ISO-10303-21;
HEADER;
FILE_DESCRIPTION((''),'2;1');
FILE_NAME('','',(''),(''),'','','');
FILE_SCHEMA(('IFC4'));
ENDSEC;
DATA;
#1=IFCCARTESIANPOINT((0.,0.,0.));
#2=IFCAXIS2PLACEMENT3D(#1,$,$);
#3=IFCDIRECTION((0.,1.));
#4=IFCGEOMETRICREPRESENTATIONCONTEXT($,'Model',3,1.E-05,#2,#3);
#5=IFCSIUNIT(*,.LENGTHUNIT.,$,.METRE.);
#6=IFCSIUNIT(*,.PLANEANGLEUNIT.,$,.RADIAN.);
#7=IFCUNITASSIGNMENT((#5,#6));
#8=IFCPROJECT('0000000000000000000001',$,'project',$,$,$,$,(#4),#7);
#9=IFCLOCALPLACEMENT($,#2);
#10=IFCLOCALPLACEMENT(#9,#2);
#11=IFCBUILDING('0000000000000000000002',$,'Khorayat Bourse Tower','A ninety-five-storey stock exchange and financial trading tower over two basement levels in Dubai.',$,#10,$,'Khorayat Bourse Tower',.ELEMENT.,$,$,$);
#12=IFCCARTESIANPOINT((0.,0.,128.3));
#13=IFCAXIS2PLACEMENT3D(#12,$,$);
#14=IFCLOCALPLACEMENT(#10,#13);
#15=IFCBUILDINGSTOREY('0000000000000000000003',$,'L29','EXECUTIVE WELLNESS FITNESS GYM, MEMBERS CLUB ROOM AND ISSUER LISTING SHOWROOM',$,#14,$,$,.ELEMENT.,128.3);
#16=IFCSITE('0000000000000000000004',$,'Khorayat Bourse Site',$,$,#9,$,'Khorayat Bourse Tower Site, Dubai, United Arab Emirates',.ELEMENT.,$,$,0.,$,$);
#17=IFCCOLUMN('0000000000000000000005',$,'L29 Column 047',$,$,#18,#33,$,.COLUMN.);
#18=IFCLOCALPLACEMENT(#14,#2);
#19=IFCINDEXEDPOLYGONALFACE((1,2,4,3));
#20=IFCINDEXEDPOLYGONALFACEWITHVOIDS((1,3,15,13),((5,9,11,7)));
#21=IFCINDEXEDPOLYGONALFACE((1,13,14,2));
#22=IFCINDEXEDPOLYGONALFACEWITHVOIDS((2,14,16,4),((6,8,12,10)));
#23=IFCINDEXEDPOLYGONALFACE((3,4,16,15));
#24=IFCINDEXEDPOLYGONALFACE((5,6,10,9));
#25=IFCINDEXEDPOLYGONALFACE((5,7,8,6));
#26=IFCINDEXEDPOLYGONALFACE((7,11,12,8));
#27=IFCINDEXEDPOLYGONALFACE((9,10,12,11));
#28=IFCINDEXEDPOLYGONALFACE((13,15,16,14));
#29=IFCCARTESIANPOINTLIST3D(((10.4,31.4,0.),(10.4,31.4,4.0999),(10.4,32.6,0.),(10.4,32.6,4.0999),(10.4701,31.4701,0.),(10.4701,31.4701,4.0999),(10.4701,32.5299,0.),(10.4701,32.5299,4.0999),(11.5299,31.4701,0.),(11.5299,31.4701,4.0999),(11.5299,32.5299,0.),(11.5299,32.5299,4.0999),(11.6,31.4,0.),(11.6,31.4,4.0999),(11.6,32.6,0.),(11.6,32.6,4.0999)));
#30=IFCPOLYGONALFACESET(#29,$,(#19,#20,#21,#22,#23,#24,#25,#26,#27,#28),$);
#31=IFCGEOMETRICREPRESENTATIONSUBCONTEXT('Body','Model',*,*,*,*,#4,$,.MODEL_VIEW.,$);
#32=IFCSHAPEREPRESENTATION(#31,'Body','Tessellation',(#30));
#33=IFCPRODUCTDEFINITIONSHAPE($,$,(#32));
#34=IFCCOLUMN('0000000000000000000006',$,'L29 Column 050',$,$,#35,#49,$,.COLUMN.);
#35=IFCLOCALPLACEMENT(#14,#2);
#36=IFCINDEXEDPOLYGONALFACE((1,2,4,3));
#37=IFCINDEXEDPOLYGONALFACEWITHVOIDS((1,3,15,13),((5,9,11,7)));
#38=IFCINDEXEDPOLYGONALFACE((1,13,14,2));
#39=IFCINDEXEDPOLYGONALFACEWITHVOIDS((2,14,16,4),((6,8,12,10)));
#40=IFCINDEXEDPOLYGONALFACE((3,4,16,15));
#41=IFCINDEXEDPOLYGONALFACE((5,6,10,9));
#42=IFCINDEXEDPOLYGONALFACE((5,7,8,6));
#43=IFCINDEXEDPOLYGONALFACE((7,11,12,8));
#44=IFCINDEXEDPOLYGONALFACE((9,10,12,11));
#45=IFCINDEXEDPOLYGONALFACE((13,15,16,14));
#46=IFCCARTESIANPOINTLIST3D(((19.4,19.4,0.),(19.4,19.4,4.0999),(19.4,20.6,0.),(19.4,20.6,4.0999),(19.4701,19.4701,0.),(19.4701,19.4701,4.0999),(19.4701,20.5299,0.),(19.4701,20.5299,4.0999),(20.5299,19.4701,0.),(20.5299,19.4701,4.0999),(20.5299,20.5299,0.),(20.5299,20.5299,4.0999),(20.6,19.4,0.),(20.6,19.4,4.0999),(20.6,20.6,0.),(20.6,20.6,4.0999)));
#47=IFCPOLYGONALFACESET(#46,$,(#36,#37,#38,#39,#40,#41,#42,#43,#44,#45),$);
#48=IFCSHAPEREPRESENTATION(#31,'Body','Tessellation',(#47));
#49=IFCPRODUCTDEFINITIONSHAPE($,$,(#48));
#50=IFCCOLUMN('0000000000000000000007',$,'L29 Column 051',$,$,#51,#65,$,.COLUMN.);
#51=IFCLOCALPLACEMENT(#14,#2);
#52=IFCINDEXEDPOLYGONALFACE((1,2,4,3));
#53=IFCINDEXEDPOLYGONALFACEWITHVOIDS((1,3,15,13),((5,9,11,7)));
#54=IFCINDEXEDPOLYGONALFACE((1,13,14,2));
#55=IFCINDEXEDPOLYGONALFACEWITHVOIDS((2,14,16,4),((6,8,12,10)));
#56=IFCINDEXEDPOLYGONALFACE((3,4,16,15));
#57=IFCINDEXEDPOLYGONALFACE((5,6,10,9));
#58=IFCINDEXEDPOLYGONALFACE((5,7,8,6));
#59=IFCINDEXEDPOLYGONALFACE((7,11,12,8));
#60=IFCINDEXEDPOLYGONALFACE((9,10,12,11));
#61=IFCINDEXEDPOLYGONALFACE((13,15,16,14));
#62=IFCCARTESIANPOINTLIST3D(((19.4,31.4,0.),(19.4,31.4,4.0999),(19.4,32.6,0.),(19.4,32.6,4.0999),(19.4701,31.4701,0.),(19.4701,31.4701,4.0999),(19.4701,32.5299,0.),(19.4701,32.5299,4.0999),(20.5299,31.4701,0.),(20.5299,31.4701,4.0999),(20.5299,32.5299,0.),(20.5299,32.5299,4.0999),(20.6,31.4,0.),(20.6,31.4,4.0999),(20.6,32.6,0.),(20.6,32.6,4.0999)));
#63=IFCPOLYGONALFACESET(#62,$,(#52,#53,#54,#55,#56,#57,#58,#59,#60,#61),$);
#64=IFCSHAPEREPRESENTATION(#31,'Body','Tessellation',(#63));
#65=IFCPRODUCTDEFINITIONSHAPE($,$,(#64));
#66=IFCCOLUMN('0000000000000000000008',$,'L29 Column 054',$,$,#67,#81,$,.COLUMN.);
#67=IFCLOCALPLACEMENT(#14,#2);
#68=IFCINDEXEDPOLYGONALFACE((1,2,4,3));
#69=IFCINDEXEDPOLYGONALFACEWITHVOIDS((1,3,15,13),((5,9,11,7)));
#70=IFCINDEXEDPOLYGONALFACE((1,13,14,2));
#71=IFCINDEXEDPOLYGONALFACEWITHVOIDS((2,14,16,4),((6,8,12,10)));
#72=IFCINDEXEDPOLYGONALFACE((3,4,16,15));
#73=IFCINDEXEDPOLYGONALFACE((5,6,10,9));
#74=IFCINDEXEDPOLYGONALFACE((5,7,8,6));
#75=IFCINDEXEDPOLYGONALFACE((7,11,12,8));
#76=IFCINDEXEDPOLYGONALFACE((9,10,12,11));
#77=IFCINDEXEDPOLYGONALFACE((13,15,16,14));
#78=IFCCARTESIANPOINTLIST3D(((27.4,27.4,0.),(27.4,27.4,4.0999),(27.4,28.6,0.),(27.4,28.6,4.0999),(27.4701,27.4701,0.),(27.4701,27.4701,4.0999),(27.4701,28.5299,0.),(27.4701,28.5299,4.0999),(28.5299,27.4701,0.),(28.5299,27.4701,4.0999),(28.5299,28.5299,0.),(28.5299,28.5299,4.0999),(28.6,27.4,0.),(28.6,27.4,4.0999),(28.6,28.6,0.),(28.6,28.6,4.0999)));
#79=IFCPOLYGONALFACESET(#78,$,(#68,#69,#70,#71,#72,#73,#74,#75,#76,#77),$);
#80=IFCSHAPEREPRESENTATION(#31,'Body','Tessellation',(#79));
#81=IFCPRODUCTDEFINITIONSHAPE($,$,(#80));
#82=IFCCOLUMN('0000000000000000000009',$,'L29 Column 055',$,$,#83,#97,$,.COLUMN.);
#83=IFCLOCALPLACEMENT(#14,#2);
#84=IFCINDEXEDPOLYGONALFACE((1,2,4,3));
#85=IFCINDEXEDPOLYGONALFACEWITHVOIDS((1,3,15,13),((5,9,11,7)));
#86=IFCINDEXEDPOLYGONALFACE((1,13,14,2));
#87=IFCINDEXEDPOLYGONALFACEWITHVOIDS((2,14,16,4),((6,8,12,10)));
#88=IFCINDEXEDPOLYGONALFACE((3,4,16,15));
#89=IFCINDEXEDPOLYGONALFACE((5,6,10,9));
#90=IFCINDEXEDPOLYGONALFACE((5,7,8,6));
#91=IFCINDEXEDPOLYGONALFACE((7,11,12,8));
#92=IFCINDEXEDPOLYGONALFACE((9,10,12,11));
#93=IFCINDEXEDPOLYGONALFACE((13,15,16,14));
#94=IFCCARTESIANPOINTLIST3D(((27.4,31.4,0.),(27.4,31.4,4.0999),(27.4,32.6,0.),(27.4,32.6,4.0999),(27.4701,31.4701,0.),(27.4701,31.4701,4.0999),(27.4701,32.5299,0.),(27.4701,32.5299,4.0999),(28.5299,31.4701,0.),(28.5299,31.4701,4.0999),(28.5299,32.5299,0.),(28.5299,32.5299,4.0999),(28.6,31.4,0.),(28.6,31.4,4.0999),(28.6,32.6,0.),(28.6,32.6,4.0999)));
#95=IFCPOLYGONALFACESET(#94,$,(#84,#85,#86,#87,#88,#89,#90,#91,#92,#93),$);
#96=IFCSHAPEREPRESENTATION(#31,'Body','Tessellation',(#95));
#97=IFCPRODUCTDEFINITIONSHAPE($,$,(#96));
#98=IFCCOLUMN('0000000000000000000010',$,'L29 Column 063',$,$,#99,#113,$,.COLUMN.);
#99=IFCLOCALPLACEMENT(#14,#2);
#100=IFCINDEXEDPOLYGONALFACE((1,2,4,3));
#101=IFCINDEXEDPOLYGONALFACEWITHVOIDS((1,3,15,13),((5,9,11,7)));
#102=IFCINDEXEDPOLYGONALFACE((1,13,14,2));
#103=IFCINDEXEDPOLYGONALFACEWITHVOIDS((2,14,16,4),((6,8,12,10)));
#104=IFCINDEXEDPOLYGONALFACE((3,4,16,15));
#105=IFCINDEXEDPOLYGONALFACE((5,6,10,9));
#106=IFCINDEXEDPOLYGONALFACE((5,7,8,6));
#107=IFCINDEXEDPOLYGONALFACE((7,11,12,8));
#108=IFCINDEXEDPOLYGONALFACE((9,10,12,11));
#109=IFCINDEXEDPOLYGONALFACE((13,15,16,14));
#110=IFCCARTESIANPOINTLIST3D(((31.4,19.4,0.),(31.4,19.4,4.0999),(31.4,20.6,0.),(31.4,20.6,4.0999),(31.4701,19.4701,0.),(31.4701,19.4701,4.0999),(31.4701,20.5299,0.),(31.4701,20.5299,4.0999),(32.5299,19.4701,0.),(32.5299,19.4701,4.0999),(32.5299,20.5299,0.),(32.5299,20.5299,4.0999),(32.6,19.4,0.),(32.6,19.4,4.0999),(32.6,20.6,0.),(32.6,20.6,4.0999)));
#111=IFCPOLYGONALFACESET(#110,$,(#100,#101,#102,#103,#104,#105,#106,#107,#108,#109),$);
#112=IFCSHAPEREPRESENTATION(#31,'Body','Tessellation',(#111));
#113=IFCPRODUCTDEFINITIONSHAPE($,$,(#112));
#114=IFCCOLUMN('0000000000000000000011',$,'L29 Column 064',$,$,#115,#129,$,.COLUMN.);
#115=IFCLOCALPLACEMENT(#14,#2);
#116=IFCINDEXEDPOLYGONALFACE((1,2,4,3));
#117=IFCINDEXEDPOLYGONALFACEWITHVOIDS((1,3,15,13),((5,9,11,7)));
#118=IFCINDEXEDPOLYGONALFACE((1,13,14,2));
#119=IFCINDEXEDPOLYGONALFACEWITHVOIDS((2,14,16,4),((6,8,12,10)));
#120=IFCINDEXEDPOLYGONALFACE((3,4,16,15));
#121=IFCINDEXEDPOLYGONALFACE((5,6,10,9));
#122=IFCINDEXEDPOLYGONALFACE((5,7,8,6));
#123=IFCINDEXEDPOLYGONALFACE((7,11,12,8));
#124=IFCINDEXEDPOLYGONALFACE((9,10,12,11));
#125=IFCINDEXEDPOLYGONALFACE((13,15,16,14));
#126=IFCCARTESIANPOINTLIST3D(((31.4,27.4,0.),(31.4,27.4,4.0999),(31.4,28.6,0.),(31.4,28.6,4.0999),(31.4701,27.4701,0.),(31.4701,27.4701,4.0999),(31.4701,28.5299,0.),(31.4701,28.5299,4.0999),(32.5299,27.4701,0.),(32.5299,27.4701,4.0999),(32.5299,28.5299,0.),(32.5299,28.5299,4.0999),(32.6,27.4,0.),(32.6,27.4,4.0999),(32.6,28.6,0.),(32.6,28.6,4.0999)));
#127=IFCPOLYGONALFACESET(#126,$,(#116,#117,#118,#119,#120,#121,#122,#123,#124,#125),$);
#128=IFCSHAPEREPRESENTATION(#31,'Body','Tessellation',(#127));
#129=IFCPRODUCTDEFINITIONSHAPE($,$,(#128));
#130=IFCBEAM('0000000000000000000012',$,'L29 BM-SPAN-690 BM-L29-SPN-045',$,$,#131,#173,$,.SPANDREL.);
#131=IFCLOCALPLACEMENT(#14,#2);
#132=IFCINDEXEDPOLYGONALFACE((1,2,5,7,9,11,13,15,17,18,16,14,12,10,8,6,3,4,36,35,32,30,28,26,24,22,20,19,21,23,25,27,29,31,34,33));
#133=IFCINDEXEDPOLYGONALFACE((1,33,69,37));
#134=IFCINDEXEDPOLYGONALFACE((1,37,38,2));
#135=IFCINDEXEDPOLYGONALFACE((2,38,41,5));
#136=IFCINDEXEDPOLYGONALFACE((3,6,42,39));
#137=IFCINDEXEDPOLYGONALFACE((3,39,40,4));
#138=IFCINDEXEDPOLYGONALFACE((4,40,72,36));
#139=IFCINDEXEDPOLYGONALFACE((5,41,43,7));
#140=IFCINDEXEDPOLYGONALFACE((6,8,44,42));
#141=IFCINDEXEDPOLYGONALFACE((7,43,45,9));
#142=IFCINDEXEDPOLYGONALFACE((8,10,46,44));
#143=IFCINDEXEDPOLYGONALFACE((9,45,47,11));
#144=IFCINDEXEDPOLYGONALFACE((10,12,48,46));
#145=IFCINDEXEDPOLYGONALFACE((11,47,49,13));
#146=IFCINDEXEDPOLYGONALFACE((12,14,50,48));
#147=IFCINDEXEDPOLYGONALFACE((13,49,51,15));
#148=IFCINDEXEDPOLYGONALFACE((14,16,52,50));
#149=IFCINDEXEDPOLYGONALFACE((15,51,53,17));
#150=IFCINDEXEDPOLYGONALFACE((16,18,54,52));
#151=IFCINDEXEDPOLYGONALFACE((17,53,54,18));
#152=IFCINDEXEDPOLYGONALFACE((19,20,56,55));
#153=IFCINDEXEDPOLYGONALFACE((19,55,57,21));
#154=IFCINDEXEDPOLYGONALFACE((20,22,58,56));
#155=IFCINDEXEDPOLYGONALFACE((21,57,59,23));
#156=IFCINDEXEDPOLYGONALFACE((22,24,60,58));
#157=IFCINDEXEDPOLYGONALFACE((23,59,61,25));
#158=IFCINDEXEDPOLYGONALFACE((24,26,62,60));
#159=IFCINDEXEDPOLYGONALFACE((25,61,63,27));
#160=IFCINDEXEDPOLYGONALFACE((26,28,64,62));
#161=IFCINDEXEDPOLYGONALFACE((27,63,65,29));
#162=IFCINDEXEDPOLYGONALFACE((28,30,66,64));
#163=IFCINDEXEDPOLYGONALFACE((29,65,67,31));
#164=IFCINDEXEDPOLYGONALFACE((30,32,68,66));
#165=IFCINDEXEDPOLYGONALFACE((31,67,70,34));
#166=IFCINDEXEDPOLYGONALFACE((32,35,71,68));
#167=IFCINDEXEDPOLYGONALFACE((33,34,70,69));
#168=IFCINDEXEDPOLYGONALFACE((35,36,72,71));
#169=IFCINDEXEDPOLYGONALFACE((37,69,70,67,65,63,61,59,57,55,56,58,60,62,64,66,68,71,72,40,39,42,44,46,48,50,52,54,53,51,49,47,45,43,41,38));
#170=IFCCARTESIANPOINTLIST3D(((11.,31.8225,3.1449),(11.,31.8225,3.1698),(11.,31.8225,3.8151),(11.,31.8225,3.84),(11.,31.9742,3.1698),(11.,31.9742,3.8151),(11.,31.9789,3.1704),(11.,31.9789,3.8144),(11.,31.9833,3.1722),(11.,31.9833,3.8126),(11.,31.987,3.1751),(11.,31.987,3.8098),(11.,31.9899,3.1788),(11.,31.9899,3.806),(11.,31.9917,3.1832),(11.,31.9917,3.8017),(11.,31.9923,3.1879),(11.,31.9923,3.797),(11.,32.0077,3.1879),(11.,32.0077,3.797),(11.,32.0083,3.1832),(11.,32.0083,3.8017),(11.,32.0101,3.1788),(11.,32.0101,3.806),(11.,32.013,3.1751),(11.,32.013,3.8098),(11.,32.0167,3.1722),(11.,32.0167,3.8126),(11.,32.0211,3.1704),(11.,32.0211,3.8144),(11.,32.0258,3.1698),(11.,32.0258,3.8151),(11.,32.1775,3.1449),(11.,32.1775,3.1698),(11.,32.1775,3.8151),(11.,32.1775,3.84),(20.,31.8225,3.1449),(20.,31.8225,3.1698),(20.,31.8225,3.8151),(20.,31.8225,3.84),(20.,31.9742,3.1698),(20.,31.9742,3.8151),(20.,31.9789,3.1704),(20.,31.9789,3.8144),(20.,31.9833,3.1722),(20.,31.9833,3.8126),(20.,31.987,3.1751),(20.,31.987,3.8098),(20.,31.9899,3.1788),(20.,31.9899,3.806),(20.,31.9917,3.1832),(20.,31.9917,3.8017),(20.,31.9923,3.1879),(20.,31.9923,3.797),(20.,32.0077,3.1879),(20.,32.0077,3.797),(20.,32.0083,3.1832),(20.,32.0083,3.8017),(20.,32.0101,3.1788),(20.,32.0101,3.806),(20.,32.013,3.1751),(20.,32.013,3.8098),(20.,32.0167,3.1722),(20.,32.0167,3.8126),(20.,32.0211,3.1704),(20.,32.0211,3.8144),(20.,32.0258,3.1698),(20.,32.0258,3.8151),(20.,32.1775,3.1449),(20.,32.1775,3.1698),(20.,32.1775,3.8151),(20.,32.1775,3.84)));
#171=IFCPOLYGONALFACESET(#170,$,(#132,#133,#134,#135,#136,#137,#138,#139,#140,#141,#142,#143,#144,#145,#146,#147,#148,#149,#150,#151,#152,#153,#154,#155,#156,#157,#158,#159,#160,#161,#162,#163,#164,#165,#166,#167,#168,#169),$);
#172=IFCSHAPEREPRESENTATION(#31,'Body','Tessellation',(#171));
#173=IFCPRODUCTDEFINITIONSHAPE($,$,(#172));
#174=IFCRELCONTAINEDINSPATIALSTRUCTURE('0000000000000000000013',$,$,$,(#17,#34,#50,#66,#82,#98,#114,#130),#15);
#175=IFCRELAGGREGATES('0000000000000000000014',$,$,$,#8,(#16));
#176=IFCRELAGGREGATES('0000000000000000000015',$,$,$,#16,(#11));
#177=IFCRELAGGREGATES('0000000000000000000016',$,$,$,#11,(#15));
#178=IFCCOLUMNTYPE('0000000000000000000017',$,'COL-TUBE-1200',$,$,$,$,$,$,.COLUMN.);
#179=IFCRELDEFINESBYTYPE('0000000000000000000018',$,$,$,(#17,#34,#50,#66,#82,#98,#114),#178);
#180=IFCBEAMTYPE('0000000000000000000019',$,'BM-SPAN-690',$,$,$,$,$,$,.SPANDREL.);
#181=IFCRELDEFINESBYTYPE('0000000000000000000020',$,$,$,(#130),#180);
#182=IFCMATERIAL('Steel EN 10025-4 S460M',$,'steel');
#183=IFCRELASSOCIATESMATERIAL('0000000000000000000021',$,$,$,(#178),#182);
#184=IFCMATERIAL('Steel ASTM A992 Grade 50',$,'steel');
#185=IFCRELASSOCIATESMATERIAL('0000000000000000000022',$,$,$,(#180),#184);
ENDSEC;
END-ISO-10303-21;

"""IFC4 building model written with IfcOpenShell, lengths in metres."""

from ifc_helpers import new_model, si_unit, direction, frame, origin, origin_2d, place, context, subcontext, project, spatial, hollow_rectangle, i_section, extrude, source, transform, mapped, material, material_profile, profile_set, type_object, element, save


model = new_model("IFC4")

# Units and contexts
model_context = context("Model", 3, precision=1e-05, world=origin(), true_north=direction((0.0, 1.0)))
body_context = subcontext(model_context, "Body", "Model", "MODEL_VIEW")
ifc_project = project(units=[si_unit("LENGTHUNIT", "METRE"), si_unit("PLANEANGLEUNIT", "RADIAN")], contexts=[model_context])

# Site, building, storey
site_placement = place(None, origin())
site = spatial("IfcSite", under=ifc_project, at=site_placement, Name="Khorayat Bourse Site", LongName="Khorayat Bourse Tower Site, Dubai, United Arab Emirates", CompositionType="ELEMENT", RefElevation=0.0)
building_placement = place(site_placement, origin())
building = spatial("IfcBuilding", under=site, at=building_placement, Name="Khorayat Bourse Tower", Description="A ninety-five-storey stock exchange and financial trading tower over two basement levels in Dubai.", LongName="Khorayat Bourse Tower", CompositionType="ELEMENT")
storey_placement = place(building_placement, frame((0.0, 0.0, 128.3)))
storey = spatial("IfcBuildingStorey", under=building, at=storey_placement, Name="L29", Description="EXECUTIVE WELLNESS FITNESS GYM, MEMBERS CLUB ROOM AND ISSUER LISTING SHOWROOM", CompositionType="ELEMENT", Elevation=128.3)

# Columns
ifc_material_1 = material(Name="Steel EN 10025-4 S460M", Category="steel")
ifc_material_profile_1 = material_profile(ifc_material_1, hollow_rectangle(XDim=1.2, YDim=1.2, WallThickness=0.0701, at=origin_2d()), Name="BOX 1200x1200x70")
ifc_profile_set_1 = profile_set([ifc_material_profile_1], Name="Steel EN 10025-4 S460M")
column_type = type_object("IfcColumnType", Name="COL-TUBE-1200", PredefinedType="COLUMN", material=ifc_profile_set_1)
shared_shape_1 = source(origin(), body_context, "Body", "SweptSolid", [
    extrude(hollow_rectangle(XDim=1.2, YDim=1.2, WallThickness=0.0701, at=origin_2d()), origin(), (0.0, 0.0, 1.0), 4.0999),
])
for number, where, z_axis, x_axis, name in (
    (1, (11.0, 32.0, 0.0), (0.0, 0.0, 1.0), (1.0, 0.0, 0.0), "L29 Column 047"),
    (2, (20.0, 20.0, 0.0), (0.0, 0.0, 1.0), (1.0, 0.0, 0.0), "L29 Column 050"),
    (3, (20.0, 32.0, 0.0), (0.0, 0.0, 1.0), (1.0, 0.0, 0.0), "L29 Column 051"),
    (4, (28.0, 28.0, 0.0), (0.0, 0.0, 1.0), (1.0, 0.0, 0.0), "L29 Column 054"),
    (5, (28.0, 32.0, 0.0), (0.0, 0.0, 1.0), (1.0, 0.0, 0.0), "L29 Column 055"),
    (6, (32.0, 20.0, 0.0), (0.0, 0.0, 1.0), (1.0, 0.0, 0.0), "L29 Column 063"),
    (7, (32.0, 28.0, 0.0), (0.0, 0.0, 1.0), (1.0, 0.0, 0.0), "L29 Column 064"),
):
    element("IfcColumn", number, at=place(storey_placement, frame(where, z_axis=z_axis, x_axis=x_axis)), inside=storey, type_object=column_type, Name=name, PredefinedType="COLUMN", context=body_context, shape_type="MappedRepresentation", body=[
        mapped(shared_shape_1, transform((0.0, 0.0, 0.0), scale=1.0)),
    ])

# Beam
ifc_material_2 = material(Name="Steel ASTM A992 Grade 50", Category="steel")
ifc_material_profile_2 = material_profile(ifc_material_2, i_section(OverallWidth=0.355, OverallDepth=0.6951, WebThickness=0.0154, FlangeThickness=0.0249, FilletRadius=0.0181, at=origin_2d()), Name="W690X217")
ifc_profile_set_2 = profile_set([ifc_material_profile_2], Name="Steel ASTM A992 Grade 50")
beam_type_1 = type_object("IfcBeamType", Name="BM-SPAN-690", PredefinedType="SPANDREL", material=ifc_profile_set_2)
shared_shape_2 = source(origin(), body_context, "Body", "SweptSolid", [
    extrude(i_section(OverallWidth=0.355, OverallDepth=0.6951, WebThickness=0.0154, FlangeThickness=0.0249, FilletRadius=0.0181, at=origin_2d()), origin(), (0.0, 0.0, 1.0), 9.0),
])
beam_1_placement = place(storey_placement, frame((11.0, 32.0, 3.4924), z_axis=(1.0, 0.0, 0.0), x_axis=(0.0, 1.0, 0.0)))
element("IfcBeam", 8, at=beam_1_placement, inside=storey, type_object=beam_type_1, Name="L29 BM-SPAN-690 BM-L29-SPN-045", PredefinedType="SPANDREL", context=body_context, shape_type="MappedRepresentation", body=[
    mapped(shared_shape_2, transform((0.0, 0.0, 0.0), scale=1.0)),
])

save(model, "model.ifc")
